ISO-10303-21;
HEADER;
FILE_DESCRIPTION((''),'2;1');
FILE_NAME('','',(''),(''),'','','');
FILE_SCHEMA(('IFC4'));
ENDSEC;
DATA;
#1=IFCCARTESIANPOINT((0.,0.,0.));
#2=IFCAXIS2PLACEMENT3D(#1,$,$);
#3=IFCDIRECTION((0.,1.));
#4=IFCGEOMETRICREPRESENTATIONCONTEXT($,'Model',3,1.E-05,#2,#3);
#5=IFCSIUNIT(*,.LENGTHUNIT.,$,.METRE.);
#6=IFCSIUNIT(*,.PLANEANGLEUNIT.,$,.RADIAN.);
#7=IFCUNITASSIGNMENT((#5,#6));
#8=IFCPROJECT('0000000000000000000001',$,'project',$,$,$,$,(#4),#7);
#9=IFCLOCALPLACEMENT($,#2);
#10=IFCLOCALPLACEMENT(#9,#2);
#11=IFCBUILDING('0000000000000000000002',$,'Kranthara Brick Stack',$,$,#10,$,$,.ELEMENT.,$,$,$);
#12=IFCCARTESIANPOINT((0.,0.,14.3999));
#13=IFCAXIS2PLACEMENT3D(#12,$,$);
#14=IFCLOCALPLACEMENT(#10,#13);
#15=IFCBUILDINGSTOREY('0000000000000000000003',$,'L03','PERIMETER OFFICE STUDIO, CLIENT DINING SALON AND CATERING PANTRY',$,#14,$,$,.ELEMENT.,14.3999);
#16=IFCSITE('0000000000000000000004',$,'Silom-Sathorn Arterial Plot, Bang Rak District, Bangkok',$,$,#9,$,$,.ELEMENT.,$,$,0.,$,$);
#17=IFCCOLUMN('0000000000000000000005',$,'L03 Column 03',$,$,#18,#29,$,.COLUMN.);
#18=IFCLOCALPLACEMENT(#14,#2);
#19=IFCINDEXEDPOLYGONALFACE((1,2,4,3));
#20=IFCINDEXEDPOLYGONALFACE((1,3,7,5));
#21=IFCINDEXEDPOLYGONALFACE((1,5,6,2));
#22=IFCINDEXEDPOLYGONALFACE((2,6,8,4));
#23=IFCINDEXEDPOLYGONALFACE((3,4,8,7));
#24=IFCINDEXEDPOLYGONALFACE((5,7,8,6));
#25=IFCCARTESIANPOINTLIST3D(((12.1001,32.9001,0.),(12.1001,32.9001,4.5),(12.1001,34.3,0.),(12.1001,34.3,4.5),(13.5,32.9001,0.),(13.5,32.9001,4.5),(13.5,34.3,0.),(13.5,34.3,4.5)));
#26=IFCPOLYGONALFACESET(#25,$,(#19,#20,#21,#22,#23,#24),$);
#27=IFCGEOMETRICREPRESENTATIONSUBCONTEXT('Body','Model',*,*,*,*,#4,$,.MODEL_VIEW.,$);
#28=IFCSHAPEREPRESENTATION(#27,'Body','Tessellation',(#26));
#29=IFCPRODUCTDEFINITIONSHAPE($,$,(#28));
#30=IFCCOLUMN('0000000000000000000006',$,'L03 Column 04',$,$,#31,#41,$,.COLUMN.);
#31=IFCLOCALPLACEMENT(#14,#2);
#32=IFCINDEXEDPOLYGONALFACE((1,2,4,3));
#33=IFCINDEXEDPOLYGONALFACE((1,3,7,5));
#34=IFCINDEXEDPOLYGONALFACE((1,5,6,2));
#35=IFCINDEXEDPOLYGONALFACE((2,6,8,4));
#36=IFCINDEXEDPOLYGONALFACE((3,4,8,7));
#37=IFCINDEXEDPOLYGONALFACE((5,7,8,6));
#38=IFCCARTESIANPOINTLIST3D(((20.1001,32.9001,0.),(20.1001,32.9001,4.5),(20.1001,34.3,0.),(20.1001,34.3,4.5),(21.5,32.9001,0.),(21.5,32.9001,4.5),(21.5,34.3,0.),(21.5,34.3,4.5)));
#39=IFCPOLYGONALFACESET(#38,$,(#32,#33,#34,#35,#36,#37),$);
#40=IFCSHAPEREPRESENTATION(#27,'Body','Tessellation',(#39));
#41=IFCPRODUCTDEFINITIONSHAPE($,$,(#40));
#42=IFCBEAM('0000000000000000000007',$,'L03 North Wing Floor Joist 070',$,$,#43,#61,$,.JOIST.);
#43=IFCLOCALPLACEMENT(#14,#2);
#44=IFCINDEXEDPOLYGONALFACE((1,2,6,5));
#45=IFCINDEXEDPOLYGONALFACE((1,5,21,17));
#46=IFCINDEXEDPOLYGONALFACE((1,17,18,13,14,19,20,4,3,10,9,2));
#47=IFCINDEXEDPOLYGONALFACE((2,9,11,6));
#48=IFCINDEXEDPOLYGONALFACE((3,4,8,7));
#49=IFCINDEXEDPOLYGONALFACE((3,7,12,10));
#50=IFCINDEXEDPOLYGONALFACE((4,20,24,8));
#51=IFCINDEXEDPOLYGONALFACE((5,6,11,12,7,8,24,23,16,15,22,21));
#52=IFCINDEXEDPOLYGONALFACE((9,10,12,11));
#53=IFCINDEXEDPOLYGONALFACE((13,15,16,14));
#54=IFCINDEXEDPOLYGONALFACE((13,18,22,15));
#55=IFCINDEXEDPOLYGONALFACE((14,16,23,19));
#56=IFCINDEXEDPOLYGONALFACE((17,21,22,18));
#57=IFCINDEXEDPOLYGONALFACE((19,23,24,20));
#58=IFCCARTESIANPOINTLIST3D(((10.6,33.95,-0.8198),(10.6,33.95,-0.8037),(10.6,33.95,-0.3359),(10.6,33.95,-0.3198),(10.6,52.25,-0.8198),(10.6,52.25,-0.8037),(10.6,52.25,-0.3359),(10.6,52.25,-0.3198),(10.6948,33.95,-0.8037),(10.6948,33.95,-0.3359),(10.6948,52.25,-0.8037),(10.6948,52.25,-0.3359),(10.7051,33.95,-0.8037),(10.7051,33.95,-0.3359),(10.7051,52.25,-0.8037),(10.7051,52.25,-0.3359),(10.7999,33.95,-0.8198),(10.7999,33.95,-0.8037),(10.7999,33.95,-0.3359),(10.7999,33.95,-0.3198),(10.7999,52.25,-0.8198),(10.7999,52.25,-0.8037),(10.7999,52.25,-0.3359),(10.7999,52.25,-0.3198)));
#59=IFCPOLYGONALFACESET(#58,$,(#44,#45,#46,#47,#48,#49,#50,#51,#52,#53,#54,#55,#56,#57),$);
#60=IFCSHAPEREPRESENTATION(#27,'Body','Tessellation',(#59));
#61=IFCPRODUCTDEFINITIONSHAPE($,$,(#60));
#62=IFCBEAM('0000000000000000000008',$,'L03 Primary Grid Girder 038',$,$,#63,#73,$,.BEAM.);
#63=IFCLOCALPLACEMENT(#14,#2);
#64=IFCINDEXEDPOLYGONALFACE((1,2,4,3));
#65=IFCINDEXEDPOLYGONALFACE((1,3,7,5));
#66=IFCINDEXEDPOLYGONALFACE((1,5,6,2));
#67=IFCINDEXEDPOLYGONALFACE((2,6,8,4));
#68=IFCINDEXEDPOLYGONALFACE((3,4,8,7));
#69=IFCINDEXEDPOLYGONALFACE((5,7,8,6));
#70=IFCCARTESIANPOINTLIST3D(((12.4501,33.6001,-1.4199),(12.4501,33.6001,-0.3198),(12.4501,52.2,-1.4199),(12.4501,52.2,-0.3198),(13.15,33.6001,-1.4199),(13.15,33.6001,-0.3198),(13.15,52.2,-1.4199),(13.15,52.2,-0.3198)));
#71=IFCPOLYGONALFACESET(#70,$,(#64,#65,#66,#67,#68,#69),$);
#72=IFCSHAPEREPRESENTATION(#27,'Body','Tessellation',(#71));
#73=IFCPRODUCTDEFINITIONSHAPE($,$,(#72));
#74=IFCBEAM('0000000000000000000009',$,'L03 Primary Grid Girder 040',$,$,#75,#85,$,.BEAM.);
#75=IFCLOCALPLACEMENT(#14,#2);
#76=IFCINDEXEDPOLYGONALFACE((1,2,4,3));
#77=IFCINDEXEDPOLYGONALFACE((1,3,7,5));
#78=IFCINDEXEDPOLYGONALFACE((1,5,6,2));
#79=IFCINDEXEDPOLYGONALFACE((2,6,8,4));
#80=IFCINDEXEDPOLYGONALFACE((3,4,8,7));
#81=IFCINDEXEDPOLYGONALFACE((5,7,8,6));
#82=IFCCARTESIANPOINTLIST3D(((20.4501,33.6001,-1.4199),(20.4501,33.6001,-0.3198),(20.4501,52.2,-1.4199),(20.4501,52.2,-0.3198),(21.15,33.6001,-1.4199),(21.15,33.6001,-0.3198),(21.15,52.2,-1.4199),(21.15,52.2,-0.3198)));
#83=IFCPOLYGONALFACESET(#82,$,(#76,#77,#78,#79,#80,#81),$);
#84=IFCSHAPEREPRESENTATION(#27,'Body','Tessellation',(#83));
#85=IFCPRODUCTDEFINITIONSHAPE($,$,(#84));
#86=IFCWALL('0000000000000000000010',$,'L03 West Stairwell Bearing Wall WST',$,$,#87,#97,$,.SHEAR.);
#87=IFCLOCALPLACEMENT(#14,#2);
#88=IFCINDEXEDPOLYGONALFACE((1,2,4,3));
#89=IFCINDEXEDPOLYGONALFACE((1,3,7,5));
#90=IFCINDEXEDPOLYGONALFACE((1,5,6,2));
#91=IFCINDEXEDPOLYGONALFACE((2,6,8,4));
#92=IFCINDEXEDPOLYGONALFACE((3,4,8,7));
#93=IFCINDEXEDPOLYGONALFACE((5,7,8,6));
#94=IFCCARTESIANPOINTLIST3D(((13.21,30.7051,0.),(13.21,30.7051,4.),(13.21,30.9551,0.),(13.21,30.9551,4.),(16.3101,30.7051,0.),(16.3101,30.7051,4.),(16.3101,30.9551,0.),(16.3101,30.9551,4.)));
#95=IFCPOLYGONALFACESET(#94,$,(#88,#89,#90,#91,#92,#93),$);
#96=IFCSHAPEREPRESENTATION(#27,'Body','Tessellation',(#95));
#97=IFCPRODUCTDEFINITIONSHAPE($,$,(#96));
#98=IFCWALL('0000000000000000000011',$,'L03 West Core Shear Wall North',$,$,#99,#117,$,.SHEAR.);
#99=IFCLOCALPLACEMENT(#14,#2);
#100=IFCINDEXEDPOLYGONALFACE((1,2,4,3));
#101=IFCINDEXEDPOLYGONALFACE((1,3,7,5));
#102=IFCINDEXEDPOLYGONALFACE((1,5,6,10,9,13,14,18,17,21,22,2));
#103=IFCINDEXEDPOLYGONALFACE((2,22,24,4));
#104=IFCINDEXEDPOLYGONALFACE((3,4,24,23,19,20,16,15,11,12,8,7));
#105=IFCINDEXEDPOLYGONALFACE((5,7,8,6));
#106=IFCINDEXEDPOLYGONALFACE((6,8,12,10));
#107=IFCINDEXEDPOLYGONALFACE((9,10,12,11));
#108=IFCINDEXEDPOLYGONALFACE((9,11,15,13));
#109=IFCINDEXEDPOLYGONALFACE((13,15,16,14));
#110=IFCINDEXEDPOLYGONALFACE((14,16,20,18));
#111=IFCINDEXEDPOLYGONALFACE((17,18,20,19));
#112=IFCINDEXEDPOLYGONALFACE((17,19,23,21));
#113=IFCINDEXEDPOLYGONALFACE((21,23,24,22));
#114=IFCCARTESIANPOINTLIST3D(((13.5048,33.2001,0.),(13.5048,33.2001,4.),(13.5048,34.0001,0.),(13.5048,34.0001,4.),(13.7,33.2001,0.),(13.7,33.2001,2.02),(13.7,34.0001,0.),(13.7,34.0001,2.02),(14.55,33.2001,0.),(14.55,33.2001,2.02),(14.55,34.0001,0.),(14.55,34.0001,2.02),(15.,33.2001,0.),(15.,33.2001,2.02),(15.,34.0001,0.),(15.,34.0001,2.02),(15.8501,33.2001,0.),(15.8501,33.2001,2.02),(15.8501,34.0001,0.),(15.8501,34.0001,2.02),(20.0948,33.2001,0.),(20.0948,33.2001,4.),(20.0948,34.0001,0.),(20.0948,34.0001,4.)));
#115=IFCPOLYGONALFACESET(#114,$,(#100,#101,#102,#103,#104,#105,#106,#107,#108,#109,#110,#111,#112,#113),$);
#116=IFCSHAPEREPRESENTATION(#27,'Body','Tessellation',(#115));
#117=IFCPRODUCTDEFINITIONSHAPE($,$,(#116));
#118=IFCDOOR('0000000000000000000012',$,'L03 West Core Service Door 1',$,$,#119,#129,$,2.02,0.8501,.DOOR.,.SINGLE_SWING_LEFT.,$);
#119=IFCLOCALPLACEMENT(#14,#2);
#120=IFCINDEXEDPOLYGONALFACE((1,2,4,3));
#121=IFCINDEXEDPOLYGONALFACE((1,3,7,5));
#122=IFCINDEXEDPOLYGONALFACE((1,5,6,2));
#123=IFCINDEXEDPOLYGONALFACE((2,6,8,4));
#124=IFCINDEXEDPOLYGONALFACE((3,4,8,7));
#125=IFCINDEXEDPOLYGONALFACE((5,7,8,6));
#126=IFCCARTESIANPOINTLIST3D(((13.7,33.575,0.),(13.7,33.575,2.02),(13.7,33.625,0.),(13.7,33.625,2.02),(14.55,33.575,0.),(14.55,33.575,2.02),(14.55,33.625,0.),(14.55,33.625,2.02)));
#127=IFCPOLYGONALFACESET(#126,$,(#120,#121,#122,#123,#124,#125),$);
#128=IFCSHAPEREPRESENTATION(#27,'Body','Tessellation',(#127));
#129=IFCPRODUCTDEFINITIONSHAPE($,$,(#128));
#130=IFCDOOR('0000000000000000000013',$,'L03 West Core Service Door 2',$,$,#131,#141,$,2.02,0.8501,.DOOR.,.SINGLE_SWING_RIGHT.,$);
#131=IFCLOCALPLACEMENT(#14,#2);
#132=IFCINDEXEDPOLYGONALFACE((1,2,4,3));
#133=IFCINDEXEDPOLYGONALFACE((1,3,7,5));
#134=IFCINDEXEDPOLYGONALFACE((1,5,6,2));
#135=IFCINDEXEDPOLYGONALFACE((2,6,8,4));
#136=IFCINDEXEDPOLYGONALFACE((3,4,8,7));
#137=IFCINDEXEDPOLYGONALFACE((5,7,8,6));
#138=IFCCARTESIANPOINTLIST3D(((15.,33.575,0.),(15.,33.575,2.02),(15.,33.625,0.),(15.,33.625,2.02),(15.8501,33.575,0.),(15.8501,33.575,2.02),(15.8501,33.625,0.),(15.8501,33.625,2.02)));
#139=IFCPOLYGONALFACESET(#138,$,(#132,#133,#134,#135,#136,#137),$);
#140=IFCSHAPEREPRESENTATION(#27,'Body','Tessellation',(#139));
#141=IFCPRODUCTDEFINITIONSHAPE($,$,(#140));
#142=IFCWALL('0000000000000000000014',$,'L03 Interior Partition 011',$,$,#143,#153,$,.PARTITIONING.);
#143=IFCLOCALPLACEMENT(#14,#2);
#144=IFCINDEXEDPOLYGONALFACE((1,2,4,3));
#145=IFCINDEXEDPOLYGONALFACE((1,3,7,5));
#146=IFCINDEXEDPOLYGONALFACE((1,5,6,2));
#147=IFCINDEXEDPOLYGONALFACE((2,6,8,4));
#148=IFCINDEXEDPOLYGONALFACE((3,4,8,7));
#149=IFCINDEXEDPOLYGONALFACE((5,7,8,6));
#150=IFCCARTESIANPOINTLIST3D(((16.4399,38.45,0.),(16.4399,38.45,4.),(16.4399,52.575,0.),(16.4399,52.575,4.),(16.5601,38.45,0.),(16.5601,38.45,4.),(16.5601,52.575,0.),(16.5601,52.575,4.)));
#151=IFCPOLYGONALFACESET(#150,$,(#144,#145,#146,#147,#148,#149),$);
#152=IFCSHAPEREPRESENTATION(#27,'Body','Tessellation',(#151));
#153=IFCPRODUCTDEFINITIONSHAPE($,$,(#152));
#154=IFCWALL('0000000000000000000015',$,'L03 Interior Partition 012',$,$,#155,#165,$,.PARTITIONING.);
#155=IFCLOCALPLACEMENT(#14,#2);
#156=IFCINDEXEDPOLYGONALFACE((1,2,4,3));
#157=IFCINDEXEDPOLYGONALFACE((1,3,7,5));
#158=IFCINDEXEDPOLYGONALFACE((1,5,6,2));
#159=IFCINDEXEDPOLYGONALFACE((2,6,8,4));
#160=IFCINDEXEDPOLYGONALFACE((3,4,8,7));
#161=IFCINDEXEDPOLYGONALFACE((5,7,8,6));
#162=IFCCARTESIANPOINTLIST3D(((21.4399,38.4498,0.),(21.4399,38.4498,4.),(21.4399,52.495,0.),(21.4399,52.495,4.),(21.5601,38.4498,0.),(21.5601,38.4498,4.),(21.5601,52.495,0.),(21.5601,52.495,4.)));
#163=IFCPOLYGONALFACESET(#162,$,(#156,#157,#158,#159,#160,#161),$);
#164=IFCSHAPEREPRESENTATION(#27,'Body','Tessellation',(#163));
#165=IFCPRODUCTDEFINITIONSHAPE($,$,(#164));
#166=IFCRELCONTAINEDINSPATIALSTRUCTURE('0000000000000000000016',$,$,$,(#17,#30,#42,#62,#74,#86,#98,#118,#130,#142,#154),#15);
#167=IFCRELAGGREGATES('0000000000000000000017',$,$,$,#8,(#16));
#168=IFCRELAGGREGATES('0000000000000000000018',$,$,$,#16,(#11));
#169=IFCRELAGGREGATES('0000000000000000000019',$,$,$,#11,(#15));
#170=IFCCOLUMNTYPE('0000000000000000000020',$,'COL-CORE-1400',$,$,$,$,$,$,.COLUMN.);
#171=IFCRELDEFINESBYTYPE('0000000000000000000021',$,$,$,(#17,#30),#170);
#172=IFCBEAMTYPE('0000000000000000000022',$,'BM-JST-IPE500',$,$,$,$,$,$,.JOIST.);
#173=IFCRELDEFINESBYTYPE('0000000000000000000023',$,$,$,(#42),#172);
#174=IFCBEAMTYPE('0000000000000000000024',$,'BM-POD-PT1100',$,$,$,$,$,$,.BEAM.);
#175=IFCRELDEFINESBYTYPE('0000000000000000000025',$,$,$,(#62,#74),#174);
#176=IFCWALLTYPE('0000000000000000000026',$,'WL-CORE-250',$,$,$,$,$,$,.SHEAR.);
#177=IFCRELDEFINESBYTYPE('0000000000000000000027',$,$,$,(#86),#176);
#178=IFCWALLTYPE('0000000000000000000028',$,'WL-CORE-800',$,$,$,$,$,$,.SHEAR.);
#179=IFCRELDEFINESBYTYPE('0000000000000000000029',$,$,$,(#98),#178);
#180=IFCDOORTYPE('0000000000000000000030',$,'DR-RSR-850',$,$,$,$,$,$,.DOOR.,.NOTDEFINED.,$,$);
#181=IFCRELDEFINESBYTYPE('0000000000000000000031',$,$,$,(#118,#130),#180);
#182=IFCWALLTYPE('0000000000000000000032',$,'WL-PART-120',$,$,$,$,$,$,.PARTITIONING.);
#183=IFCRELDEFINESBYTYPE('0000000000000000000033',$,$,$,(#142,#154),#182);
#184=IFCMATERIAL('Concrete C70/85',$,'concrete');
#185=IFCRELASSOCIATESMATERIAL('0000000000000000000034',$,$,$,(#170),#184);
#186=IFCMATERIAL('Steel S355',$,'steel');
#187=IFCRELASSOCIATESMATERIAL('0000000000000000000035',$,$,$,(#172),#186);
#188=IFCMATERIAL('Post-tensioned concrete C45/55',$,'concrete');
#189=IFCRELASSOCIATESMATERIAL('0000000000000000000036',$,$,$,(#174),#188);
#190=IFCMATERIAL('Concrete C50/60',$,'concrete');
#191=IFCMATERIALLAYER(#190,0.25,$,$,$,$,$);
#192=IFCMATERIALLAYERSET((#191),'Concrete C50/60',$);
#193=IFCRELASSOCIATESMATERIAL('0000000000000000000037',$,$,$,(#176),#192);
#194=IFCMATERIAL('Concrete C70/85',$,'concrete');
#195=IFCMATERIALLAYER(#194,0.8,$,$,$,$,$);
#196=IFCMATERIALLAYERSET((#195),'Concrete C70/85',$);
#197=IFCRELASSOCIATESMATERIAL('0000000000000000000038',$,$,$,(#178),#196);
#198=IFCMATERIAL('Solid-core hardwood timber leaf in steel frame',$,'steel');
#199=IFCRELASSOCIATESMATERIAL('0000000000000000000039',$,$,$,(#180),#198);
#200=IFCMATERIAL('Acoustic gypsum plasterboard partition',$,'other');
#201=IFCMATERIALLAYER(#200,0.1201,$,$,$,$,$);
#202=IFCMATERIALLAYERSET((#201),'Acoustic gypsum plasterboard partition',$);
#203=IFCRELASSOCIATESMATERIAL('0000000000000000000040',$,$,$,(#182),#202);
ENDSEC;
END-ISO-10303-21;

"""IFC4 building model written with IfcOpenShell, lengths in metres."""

from ifc_helpers import new_model, si_unit, direction, frame, frame_2d, origin, origin_2d, place, context, subcontext, project, spatial, rectangle, i_section, extrude, material, layer, layer_set, material_profile, profile_set, type_object, element, fill, save


model = new_model("IFC4")

# Units and contexts
model_context = context("Model", 3, precision=1e-05, world=origin(), true_north=direction((0.0, 1.0)))
body_context = subcontext(model_context, "Body", "Model", "MODEL_VIEW")
ifc_project = project(units=[si_unit("LENGTHUNIT", "METRE"), si_unit("PLANEANGLEUNIT", "RADIAN")], contexts=[model_context])

# Site, building, storey
site_placement = place(None, origin())
site = spatial("IfcSite", under=ifc_project, at=site_placement, Name="Silom-Sathorn Arterial Plot, Bang Rak District, Bangkok", CompositionType="ELEMENT", RefElevation=0.0)
building_placement = place(site_placement, origin())
building = spatial("IfcBuilding", under=site, at=building_placement, Name="Kranthara Brick Stack", CompositionType="ELEMENT")
storey_placement = place(building_placement, frame((0.0, 0.0, 14.3999)))
storey = spatial("IfcBuildingStorey", under=building, at=storey_placement, Name="L03", Description="PERIMETER OFFICE STUDIO, CLIENT DINING SALON AND CATERING PANTRY", CompositionType="ELEMENT", Elevation=14.3999)

# Columns
ifc_material_1 = material(Name="Concrete C70/85", Category="concrete")
ifc_material_profile_1 = material_profile(ifc_material_1, rectangle(XDim=1.3999, YDim=1.3999, at=origin_2d()), Name="RC 1400x1400")
ifc_profile_set_1 = profile_set([ifc_material_profile_1], Name="Concrete C70/85")
column_type = type_object("IfcColumnType", Name="COL-CORE-1400", PredefinedType="COLUMN", material=ifc_profile_set_1)
for number, where, z_axis, x_axis, name in (
    (1, (12.8, 33.6001, 0.0), (0.0, 0.0, 1.0), (1.0, 0.0, 0.0), "L03 Column 03"),
    (2, (20.8, 33.6001, 0.0), (0.0, 0.0, 1.0), (1.0, 0.0, 0.0), "L03 Column 04"),
):
    element("IfcColumn", number, at=place(storey_placement, frame(where, z_axis=z_axis, x_axis=x_axis)), inside=storey, type_object=column_type, Name=name, PredefinedType="COLUMN", context=body_context, shape_type="SweptSolid", body=[
        extrude(rectangle(XDim=1.3999, YDim=1.3999, at=origin_2d()), origin(), (0.0, 0.0, 1.0), 4.5),
    ])

# Beams
ifc_material_2 = material(Name="Steel S355", Category="steel")
ifc_material_profile_2 = material_profile(ifc_material_2, i_section(OverallWidth=0.2, OverallDepth=0.5, WebThickness=0.0103, FlangeThickness=0.0161, at=origin_2d()), Name="IPE 500")
ifc_profile_set_2 = profile_set([ifc_material_profile_2], Name="Steel S355")
beam_type_1 = type_object("IfcBeamType", Name="BM-JST-IPE500", PredefinedType="JOIST", material=ifc_profile_set_2)
beam_placement = place(storey_placement, frame((10.7, 33.95, -0.5698), z_axis=(0.0, 1.0, 0.0), x_axis=(-1.0, 0.0, 0.0)))
element("IfcBeam", 3, at=beam_placement, inside=storey, type_object=beam_type_1, Name="L03 North Wing Floor Joist 070", PredefinedType="JOIST", context=body_context, shape_type="SweptSolid", body=[
    extrude(i_section(OverallWidth=0.2, OverallDepth=0.5, WebThickness=0.0103, FlangeThickness=0.0161, at=origin_2d()), origin(), (0.0, 0.0, 1.0), 18.3),
])
ifc_material_3 = material(Name="Post-tensioned concrete C45/55", Category="concrete")
ifc_material_profile_3 = material_profile(ifc_material_3, rectangle(XDim=0.7, YDim=1.1001, at=origin_2d()), Name="PT 700x1100")
ifc_profile_set_3 = profile_set([ifc_material_profile_3], Name="Post-tensioned concrete C45/55")
beam_type_2 = type_object("IfcBeamType", Name="BM-POD-PT1100", PredefinedType="BEAM", material=ifc_profile_set_3)
for number, where, z_axis, x_axis, name in (
    (4, (12.8, 33.6001, -0.8699), (0.0, 1.0, 0.0), (-1.0, 0.0, 0.0), "L03 Primary Grid Girder 038"),
    (5, (20.8, 33.6001, -0.8699), (0.0, 1.0, 0.0), (-1.0, 0.0, 0.0), "L03 Primary Grid Girder 040"),
):
    element("IfcBeam", number, at=place(storey_placement, frame(where, z_axis=z_axis, x_axis=x_axis)), inside=storey, type_object=beam_type_2, Name=name, PredefinedType="BEAM", context=body_context, shape_type="SweptSolid", body=[
        extrude(rectangle(XDim=0.7, YDim=1.1001, at=origin_2d()), origin(), (0.0, 0.0, 1.0), 18.5999),
    ])

# Wall
ifc_material_4 = material(Name="Concrete C50/60", Category="concrete")
ifc_layer_1 = layer(ifc_material_4, 0.25)
ifc_layer_set_1 = layer_set([ifc_layer_1], Name="Concrete C50/60")
wall_type_1 = type_object("IfcWallType", Name="WL-CORE-250", PredefinedType="SHEAR", material=ifc_layer_set_1)
wall_1_placement = place(storey_placement, frame((13.21, 30.8301, 0.0), z_axis=(0.0, 0.0, 1.0), x_axis=(1.0, 0.0, 0.0)))
element("IfcWall", 6, at=wall_1_placement, inside=storey, type_object=wall_type_1, Name="L03 West Stairwell Bearing Wall WST", PredefinedType="SHEAR", context=body_context, shape_type="SweptSolid", body=[
    extrude(rectangle(XDim=3.1001, YDim=0.25, at=frame_2d((1.55, 0.0))), origin(), (0.0, 0.0, 1.0), 4.0),
])

# Wall, openings, doors
ifc_material_5 = material(Name="Concrete C70/85", Category="concrete")
ifc_layer_2 = layer(ifc_material_5, 0.8)
ifc_layer_set_2 = layer_set([ifc_layer_2], Name="Concrete C70/85")
wall_type_2 = type_object("IfcWallType", Name="WL-CORE-800", PredefinedType="SHEAR", material=ifc_layer_set_2)
wall_2_placement = place(storey_placement, frame((13.5049, 33.6001, 0.0), z_axis=(0.0, 0.0, 1.0), x_axis=(1.0, 0.0, 0.0)))
wall_2 = element("IfcWall", 7, at=wall_2_placement, inside=storey, type_object=wall_type_2, Name="L03 West Core Shear Wall North", PredefinedType="SHEAR", context=body_context, shape_type="SweptSolid", body=[
    extrude(rectangle(XDim=6.5901, YDim=0.8, at=frame_2d((3.2949, 0.0))), origin(), (0.0, 0.0, 1.0), 4.0),
])
opening_1_placement = place(wall_2_placement, frame((0.1951, 0.0, 0.0)))
opening_1 = element("IfcOpeningElement", 8, at=opening_1_placement, cuts=wall_2, PredefinedType="OPENING", context=body_context, shape_type="SweptSolid", body=[
    extrude(rectangle(XDim=0.8501, YDim=2.02, at=frame_2d((0.425, 1.01))), frame((0.0, 0.4099, 0.0), z_axis=(0.0, -1.0, 0.0), x_axis=(1.0, 0.0, 0.0)), (0.0, 0.0, 1.0), 0.8201),
])
opening_2_placement = place(wall_2_placement, frame((1.4951, 0.0, 0.0)))
opening_2 = element("IfcOpeningElement", 9, at=opening_2_placement, cuts=wall_2, PredefinedType="OPENING", context=body_context, shape_type="SweptSolid", body=[
    extrude(rectangle(XDim=0.8501, YDim=2.02, at=frame_2d((0.425, 1.01))), frame((0.0, 0.4099, 0.0), z_axis=(0.0, -1.0, 0.0), x_axis=(1.0, 0.0, 0.0)), (0.0, 0.0, 1.0), 0.8201),
])
ifc_material_6 = material(Name="Solid-core hardwood timber leaf in steel frame", Category="steel")
door_type = type_object("IfcDoorType", Name="DR-RSR-850", OperationType="NOTDEFINED", PredefinedType="DOOR", material=ifc_material_6)
door_1_placement = place(opening_1_placement, origin())
door_1 = element("IfcDoor", 10, at=door_1_placement, inside=storey, type_object=door_type, Name="L03 West Core Service Door 1", OperationType="SINGLE_SWING_LEFT", OverallHeight=2.02, OverallWidth=0.8501, PredefinedType="DOOR", context=body_context, shape_type="SweptSolid", body=[
    extrude(rectangle(XDim=0.8501, YDim=2.02, at=frame_2d((0.425, 1.01))), frame((0.0, 0.0249, 0.0), z_axis=(0.0, -1.0, 0.0), x_axis=(1.0, 0.0, 0.0)), (0.0, 0.0, 1.0), 0.05),
])
fill(opening_1, door_1)
door_2_placement = place(opening_2_placement, origin())
door_2 = element("IfcDoor", 11, at=door_2_placement, inside=storey, type_object=door_type, Name="L03 West Core Service Door 2", OperationType="SINGLE_SWING_RIGHT", OverallHeight=2.02, OverallWidth=0.8501, PredefinedType="DOOR", context=body_context, shape_type="SweptSolid", body=[
    extrude(rectangle(XDim=0.8501, YDim=2.02, at=frame_2d((0.425, 1.01))), frame((0.0, 0.0249, 0.0), z_axis=(0.0, -1.0, 0.0), x_axis=(1.0, 0.0, 0.0)), (0.0, 0.0, 1.0), 0.05),
])
fill(opening_2, door_2)

# Walls
ifc_material_7 = material(Name="Acoustic gypsum plasterboard partition", Category="other")
ifc_layer_3 = layer(ifc_material_7, 0.1201)
ifc_layer_set_3 = layer_set([ifc_layer_3], Name="Acoustic gypsum plasterboard partition")
wall_type_3 = type_object("IfcWallType", Name="WL-PART-120", PredefinedType="PARTITIONING", material=ifc_layer_set_3)
wall_3_placement = place(storey_placement, frame((16.5, 38.45, 0.0), z_axis=(0.0, 0.0, 1.0), x_axis=(0.0, 1.0, 0.0)))
element("IfcWall", 12, at=wall_3_placement, inside=storey, type_object=wall_type_3, Name="L03 Interior Partition 011", PredefinedType="PARTITIONING", context=body_context, shape_type="SweptSolid", body=[
    extrude(rectangle(XDim=14.125, YDim=0.1201, at=frame_2d((7.0625, 0.0))), origin(), (0.0, 0.0, 1.0), 4.0),
])
wall_4_placement = place(storey_placement, frame((21.5, 38.45, 0.0), z_axis=(0.0, 0.0, 1.0), x_axis=(0.0, 1.0, 0.0)))
element("IfcWall", 13, at=wall_4_placement, inside=storey, type_object=wall_type_3, Name="L03 Interior Partition 012", PredefinedType="PARTITIONING", context=body_context, shape_type="SweptSolid", body=[
    extrude(rectangle(XDim=14.0452, YDim=0.1201, at=frame_2d((7.0225, 0.0))), origin(), (0.0, 0.0, 1.0), 4.0),
])

save(model, "model.ifc")
